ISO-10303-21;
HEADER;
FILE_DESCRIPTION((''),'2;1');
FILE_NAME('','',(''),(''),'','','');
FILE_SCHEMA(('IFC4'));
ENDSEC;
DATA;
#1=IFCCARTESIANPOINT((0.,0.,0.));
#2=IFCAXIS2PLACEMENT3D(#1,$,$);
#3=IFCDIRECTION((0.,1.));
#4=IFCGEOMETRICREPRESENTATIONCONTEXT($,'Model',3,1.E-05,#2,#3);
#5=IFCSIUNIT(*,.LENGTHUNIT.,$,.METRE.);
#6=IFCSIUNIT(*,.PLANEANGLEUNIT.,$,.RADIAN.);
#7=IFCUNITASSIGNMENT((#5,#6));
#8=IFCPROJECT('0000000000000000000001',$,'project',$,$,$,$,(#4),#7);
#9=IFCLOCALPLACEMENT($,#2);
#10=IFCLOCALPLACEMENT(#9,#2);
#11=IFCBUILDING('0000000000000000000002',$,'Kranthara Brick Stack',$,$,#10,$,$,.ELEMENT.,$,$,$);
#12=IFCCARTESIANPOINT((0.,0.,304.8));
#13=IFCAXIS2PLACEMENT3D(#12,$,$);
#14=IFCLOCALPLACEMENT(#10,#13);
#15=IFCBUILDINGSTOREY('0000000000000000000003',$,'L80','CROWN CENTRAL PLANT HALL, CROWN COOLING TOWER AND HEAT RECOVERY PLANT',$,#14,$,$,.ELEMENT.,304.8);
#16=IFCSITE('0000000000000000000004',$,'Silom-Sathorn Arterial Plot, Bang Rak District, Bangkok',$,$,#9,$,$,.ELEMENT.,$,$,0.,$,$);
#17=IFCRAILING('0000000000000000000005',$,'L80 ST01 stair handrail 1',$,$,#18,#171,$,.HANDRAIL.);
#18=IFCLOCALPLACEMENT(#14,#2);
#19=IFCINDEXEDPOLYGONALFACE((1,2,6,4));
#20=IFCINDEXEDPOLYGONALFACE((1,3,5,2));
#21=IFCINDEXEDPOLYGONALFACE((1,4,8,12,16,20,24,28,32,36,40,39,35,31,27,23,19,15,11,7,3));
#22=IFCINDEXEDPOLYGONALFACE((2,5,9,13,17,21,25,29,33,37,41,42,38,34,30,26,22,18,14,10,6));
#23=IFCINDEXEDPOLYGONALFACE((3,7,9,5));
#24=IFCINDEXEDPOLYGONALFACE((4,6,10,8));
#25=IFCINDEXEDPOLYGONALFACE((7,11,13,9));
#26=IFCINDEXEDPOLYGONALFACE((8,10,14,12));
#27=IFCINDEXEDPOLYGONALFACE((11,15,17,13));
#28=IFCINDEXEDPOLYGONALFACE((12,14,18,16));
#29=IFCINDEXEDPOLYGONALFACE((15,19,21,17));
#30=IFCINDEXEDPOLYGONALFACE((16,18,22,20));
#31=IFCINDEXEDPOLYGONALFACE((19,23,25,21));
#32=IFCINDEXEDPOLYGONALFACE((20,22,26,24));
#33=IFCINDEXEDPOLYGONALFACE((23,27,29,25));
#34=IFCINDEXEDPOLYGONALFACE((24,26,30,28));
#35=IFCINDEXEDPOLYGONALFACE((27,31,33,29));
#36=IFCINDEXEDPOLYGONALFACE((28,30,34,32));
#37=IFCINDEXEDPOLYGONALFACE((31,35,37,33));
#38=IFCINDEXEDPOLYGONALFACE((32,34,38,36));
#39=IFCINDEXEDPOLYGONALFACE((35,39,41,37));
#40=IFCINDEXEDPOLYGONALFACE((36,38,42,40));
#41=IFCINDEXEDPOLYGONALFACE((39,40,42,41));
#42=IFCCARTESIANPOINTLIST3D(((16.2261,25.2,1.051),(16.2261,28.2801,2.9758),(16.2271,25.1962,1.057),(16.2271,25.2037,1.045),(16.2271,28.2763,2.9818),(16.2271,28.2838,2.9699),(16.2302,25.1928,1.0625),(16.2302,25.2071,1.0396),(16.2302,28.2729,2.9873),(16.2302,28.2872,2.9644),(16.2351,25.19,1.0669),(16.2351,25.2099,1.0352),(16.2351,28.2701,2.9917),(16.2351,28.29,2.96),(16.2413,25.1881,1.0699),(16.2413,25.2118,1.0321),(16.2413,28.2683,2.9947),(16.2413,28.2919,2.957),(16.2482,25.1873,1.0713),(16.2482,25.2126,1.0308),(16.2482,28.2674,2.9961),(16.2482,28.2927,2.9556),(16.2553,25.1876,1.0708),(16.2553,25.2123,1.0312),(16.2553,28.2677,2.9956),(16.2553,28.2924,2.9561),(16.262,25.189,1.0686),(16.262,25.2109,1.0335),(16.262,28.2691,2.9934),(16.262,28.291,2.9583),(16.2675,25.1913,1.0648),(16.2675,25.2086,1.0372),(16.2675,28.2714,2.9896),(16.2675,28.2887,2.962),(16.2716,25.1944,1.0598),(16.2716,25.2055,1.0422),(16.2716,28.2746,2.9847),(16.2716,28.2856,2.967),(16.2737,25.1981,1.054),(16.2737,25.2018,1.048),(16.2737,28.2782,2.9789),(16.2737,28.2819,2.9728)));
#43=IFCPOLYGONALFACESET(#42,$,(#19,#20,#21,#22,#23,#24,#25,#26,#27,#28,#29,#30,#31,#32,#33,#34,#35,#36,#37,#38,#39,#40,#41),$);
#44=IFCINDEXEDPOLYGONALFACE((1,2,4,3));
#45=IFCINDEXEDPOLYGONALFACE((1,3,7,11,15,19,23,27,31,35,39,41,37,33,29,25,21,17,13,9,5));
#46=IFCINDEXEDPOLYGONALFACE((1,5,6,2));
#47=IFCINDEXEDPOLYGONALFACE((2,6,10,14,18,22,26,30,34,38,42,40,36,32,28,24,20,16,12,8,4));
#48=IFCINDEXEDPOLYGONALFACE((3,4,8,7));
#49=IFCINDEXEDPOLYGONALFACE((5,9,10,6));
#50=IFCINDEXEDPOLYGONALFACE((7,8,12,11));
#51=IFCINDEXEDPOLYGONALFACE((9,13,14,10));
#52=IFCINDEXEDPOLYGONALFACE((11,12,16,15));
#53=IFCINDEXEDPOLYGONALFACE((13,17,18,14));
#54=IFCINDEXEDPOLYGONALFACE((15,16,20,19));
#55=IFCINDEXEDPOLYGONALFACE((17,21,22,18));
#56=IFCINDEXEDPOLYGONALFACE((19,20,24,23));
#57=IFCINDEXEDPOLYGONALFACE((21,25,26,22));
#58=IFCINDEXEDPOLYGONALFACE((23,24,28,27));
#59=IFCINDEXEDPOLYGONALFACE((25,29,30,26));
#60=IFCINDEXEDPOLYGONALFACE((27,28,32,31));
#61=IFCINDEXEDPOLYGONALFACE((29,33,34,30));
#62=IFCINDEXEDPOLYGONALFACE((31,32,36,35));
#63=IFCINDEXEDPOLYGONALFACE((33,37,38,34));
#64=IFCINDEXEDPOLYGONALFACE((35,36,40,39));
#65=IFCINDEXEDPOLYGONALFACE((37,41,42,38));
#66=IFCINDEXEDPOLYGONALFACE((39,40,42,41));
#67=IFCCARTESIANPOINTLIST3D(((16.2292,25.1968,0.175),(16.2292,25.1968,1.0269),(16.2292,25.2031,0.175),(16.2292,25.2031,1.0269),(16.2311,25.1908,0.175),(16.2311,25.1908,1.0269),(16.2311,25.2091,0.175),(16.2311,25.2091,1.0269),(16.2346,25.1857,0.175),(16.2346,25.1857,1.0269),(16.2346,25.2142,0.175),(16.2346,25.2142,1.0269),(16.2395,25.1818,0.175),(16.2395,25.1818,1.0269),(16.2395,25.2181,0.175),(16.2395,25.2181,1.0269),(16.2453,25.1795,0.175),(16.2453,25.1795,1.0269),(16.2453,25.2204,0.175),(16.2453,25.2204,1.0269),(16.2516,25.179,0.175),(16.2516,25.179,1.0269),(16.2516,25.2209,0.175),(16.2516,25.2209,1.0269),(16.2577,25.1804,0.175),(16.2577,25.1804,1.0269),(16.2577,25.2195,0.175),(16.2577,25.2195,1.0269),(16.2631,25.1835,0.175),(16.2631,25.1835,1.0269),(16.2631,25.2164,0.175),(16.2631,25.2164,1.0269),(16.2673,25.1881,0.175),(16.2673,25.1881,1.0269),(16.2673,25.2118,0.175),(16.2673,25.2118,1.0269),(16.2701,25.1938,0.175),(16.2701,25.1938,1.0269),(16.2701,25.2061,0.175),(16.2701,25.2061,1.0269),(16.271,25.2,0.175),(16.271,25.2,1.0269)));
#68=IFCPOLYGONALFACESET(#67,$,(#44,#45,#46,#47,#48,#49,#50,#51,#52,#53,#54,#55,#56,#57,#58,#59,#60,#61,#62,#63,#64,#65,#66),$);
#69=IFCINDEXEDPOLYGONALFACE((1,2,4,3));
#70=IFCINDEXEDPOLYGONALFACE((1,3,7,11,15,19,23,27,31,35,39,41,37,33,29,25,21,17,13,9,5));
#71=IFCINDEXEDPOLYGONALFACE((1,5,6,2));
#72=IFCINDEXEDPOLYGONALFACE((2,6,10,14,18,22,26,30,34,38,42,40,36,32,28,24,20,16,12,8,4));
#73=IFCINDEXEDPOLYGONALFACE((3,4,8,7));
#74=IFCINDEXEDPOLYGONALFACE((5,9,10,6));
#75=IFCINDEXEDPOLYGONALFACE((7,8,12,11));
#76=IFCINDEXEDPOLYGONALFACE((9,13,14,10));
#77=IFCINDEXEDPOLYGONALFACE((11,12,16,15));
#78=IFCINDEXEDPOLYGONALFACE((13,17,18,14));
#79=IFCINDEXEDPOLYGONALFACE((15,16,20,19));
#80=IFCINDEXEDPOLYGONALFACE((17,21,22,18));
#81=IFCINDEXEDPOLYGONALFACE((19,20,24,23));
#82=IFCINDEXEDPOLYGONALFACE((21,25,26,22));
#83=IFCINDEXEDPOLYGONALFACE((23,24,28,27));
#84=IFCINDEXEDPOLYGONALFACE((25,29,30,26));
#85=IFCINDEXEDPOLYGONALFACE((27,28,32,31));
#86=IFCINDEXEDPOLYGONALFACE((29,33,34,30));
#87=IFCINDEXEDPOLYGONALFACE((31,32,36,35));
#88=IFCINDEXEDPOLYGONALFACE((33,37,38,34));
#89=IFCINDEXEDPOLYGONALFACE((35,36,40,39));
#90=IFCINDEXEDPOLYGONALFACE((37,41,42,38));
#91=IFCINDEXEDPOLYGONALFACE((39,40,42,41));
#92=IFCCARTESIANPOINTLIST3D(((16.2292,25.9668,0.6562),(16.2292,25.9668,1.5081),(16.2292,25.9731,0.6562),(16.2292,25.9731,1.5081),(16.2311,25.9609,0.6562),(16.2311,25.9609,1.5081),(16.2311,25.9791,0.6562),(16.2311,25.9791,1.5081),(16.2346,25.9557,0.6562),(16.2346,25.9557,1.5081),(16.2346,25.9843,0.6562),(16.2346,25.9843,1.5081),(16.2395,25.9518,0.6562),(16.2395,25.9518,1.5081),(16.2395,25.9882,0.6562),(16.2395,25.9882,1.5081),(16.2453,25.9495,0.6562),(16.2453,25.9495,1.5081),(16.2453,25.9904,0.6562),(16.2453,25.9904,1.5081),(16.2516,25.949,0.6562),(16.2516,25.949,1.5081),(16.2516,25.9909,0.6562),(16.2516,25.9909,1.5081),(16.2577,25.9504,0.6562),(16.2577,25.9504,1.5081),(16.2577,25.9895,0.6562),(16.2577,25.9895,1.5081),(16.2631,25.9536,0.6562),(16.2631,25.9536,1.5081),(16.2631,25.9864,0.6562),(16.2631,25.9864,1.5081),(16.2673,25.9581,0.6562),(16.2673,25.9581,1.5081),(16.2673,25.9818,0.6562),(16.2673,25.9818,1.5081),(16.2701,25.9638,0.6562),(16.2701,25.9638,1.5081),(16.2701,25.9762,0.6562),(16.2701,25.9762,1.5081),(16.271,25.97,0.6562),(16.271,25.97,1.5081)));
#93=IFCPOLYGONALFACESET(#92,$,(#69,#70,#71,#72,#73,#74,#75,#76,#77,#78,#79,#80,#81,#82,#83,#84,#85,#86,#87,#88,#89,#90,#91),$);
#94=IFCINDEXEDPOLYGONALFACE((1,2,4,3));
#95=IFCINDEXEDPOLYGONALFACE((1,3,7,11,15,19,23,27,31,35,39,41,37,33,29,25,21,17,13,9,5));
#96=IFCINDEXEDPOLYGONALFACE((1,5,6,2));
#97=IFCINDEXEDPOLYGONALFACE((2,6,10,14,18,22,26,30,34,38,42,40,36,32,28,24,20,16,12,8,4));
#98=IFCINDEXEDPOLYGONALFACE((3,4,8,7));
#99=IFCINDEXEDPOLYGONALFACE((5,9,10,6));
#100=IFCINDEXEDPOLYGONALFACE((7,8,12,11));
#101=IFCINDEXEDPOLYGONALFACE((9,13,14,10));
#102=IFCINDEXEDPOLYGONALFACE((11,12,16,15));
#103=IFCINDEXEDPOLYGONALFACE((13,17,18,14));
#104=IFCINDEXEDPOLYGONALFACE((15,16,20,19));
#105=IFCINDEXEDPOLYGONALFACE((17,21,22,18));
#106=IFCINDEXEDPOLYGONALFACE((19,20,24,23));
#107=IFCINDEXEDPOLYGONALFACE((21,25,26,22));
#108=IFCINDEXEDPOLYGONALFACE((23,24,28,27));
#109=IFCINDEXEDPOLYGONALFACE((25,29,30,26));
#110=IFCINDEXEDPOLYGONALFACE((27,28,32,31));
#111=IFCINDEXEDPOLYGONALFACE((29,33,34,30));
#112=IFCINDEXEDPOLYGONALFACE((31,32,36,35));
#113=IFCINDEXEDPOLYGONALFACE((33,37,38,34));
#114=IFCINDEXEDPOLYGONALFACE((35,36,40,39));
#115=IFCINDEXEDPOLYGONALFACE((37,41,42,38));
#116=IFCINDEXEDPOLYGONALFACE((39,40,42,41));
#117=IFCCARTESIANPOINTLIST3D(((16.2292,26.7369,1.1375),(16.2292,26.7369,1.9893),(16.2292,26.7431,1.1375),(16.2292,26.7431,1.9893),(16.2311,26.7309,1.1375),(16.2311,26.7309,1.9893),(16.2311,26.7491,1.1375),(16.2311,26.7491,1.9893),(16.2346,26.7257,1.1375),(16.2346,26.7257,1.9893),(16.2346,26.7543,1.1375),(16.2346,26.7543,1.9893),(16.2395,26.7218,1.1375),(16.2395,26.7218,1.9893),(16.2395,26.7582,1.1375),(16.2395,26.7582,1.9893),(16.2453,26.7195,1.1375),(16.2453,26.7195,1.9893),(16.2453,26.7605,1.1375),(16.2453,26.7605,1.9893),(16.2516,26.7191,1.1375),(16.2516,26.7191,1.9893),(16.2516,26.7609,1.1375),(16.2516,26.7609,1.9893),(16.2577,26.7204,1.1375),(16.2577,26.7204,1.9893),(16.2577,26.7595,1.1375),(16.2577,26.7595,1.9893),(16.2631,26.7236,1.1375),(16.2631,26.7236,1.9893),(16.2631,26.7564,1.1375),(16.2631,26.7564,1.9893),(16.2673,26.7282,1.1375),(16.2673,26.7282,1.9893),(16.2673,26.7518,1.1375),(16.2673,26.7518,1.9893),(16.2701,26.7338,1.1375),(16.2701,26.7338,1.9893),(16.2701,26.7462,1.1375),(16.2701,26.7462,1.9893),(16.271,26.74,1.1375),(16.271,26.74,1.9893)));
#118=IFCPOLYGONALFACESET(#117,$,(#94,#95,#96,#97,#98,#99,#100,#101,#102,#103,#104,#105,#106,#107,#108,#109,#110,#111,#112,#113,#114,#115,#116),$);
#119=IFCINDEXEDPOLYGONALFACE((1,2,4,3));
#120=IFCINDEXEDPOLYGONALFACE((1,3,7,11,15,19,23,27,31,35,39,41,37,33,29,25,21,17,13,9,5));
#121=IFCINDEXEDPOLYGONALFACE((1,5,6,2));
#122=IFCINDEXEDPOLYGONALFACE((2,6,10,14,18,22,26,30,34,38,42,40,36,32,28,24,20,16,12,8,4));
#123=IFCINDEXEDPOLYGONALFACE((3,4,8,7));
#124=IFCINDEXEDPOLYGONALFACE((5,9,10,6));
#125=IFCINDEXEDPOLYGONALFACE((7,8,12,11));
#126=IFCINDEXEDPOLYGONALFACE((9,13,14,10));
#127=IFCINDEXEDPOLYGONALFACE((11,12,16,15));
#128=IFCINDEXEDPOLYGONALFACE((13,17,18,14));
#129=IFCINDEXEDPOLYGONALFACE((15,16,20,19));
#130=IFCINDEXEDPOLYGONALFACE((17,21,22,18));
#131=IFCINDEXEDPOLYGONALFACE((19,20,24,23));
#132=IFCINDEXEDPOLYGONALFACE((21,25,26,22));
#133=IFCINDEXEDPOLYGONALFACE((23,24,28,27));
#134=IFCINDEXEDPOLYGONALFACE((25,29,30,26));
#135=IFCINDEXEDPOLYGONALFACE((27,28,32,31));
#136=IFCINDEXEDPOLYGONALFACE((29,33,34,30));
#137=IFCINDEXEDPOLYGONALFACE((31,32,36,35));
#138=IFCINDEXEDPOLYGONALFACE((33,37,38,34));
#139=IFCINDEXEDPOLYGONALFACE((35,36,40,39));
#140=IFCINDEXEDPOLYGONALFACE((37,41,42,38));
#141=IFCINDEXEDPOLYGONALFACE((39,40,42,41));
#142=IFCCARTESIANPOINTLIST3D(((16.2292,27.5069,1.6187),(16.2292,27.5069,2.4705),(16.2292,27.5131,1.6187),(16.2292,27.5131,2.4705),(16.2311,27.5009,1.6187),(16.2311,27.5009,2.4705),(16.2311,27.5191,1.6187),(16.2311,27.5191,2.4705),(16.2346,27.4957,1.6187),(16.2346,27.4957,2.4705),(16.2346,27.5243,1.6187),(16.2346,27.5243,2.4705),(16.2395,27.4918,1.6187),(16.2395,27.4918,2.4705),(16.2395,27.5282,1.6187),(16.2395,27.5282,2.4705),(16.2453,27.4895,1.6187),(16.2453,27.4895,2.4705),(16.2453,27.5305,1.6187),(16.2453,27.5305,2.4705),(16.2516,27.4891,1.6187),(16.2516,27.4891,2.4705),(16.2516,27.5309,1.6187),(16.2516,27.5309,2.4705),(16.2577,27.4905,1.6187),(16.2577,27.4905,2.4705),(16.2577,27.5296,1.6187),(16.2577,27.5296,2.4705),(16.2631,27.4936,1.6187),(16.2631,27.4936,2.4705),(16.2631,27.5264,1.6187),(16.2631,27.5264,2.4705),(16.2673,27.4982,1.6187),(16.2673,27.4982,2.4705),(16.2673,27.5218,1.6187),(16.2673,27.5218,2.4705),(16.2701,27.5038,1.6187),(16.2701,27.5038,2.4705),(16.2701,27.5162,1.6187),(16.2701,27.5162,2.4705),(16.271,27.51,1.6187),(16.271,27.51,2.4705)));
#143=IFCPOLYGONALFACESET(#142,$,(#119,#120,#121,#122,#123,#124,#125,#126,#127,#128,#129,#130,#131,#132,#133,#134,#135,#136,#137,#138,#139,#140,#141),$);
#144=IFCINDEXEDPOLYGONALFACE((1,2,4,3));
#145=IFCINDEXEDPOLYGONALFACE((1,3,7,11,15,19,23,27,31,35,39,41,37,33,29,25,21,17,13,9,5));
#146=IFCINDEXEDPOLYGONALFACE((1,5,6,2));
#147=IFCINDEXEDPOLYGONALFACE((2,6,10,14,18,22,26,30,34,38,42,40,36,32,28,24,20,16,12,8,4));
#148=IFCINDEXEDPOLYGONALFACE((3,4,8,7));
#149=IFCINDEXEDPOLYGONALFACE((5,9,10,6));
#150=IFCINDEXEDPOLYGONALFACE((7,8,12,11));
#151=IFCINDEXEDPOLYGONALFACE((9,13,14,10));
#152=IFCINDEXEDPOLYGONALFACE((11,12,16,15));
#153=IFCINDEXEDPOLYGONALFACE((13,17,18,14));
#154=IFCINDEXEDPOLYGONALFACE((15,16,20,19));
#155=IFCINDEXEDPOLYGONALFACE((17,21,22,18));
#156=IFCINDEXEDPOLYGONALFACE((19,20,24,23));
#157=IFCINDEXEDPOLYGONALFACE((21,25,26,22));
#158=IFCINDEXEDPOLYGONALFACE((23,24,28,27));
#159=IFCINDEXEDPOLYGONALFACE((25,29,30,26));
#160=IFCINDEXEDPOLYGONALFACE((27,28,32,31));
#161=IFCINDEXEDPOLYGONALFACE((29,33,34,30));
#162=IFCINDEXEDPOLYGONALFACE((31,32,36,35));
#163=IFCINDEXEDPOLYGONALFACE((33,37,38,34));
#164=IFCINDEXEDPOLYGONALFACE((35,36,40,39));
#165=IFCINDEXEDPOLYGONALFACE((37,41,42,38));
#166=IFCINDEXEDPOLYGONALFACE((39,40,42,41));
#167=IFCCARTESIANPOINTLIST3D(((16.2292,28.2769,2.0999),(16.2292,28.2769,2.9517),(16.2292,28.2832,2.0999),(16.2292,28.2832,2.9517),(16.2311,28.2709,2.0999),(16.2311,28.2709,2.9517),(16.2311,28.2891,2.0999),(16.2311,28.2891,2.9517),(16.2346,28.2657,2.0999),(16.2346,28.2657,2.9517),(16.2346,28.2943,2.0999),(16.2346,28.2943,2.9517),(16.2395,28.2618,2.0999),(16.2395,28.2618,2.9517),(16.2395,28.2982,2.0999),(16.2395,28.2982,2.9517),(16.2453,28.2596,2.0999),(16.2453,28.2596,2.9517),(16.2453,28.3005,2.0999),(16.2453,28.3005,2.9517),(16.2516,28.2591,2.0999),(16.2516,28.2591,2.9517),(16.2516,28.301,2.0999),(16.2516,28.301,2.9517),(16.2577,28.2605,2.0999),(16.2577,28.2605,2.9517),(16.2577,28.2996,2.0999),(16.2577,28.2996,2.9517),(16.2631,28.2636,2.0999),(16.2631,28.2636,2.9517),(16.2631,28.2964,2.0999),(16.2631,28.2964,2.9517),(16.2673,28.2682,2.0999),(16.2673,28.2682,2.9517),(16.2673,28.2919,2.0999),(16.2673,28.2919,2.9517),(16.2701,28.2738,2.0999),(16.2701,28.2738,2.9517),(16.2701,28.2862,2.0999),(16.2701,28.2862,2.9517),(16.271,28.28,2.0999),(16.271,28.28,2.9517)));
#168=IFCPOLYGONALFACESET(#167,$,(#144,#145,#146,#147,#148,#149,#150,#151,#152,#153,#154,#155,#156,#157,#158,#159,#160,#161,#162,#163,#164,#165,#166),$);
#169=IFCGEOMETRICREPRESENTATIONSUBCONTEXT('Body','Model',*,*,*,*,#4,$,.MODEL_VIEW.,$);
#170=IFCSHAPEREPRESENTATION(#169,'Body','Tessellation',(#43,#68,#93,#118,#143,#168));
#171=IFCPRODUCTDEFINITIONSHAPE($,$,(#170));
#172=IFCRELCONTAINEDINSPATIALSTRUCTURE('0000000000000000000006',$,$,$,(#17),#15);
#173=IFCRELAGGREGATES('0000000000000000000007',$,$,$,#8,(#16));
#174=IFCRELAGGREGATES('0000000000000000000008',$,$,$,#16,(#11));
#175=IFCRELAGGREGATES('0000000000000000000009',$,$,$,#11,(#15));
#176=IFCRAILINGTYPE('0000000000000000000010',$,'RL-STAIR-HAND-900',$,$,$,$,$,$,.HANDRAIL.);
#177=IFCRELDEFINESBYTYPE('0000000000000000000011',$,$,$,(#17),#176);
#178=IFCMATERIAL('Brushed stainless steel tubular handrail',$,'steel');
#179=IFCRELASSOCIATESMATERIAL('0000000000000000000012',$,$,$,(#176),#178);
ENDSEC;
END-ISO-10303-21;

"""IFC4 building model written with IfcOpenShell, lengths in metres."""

from ifc_helpers import new_model, si_unit, direction, frame, origin, origin_2d, place, context, subcontext, project, spatial, circle, extrude, material, type_object, element, save


model = new_model("IFC4")

# Units and contexts
model_context = context("Model", 3, precision=1e-05, world=origin(), true_north=direction((0.0, 1.0)))
body_context = subcontext(model_context, "Body", "Model", "MODEL_VIEW")
ifc_project = project(units=[si_unit("LENGTHUNIT", "METRE"), si_unit("PLANEANGLEUNIT", "RADIAN")], contexts=[model_context])

# Site, building, storey
site_placement = place(None, origin())
site = spatial("IfcSite", under=ifc_project, at=site_placement, Name="Silom-Sathorn Arterial Plot, Bang Rak District, Bangkok", CompositionType="ELEMENT", RefElevation=0.0)
building_placement = place(site_placement, origin())
building = spatial("IfcBuilding", under=site, at=building_placement, Name="Kranthara Brick Stack", CompositionType="ELEMENT")
storey_placement = place(building_placement, frame((0.0, 0.0, 304.8)))
storey = spatial("IfcBuildingStorey", under=building, at=storey_placement, Name="L80", Description="CROWN CENTRAL PLANT HALL, CROWN COOLING TOWER AND HEAT RECOVERY PLANT", CompositionType="ELEMENT", Elevation=304.8)

# Railing
ifc_material_1 = material(Name="Brushed stainless steel tubular handrail", Category="steel")
railing_type_1 = type_object("IfcRailingType", Name="RL-STAIR-HAND-900", PredefinedType="HANDRAIL", material=ifc_material_1)
railing_1_placement = place(storey_placement, frame((16.25, 25.2, 0.175)))
element("IfcRailing", 1, at=railing_1_placement, inside=storey, type_object=railing_type_1, Name="L80 ST01 stair handrail 1", PredefinedType="HANDRAIL", context=body_context, shape_type="SweptSolid", body=[
    extrude(circle(Radius=0.0239, at=origin_2d()), frame((0.0, 0.0, 0.876), z_axis=(0.0, 0.848029, 0.529951), x_axis=(-1.0, 0.0, 0.0)), (0.0, 0.0, 1.0), 3.6321),
    extrude(circle(Radius=0.021, at=origin_2d()), origin(), (0.0, 0.0, 1.0), 0.8518),
    extrude(circle(Radius=0.021, at=origin_2d()), frame((0.0, 0.77, 0.4812)), (0.0, 0.0, 1.0), 0.8518),
    extrude(circle(Radius=0.021, at=origin_2d()), frame((0.0, 1.54, 0.9624)), (0.0, 0.0, 1.0), 0.8518),
    extrude(circle(Radius=0.021, at=origin_2d()), frame((0.0, 2.3101, 1.4436)), (0.0, 0.0, 1.0), 0.8518),
    extrude(circle(Radius=0.021, at=origin_2d()), frame((0.0, 3.0801, 1.9248)), (0.0, 0.0, 1.0), 0.8518),
])

save(model, "model.ifc")
